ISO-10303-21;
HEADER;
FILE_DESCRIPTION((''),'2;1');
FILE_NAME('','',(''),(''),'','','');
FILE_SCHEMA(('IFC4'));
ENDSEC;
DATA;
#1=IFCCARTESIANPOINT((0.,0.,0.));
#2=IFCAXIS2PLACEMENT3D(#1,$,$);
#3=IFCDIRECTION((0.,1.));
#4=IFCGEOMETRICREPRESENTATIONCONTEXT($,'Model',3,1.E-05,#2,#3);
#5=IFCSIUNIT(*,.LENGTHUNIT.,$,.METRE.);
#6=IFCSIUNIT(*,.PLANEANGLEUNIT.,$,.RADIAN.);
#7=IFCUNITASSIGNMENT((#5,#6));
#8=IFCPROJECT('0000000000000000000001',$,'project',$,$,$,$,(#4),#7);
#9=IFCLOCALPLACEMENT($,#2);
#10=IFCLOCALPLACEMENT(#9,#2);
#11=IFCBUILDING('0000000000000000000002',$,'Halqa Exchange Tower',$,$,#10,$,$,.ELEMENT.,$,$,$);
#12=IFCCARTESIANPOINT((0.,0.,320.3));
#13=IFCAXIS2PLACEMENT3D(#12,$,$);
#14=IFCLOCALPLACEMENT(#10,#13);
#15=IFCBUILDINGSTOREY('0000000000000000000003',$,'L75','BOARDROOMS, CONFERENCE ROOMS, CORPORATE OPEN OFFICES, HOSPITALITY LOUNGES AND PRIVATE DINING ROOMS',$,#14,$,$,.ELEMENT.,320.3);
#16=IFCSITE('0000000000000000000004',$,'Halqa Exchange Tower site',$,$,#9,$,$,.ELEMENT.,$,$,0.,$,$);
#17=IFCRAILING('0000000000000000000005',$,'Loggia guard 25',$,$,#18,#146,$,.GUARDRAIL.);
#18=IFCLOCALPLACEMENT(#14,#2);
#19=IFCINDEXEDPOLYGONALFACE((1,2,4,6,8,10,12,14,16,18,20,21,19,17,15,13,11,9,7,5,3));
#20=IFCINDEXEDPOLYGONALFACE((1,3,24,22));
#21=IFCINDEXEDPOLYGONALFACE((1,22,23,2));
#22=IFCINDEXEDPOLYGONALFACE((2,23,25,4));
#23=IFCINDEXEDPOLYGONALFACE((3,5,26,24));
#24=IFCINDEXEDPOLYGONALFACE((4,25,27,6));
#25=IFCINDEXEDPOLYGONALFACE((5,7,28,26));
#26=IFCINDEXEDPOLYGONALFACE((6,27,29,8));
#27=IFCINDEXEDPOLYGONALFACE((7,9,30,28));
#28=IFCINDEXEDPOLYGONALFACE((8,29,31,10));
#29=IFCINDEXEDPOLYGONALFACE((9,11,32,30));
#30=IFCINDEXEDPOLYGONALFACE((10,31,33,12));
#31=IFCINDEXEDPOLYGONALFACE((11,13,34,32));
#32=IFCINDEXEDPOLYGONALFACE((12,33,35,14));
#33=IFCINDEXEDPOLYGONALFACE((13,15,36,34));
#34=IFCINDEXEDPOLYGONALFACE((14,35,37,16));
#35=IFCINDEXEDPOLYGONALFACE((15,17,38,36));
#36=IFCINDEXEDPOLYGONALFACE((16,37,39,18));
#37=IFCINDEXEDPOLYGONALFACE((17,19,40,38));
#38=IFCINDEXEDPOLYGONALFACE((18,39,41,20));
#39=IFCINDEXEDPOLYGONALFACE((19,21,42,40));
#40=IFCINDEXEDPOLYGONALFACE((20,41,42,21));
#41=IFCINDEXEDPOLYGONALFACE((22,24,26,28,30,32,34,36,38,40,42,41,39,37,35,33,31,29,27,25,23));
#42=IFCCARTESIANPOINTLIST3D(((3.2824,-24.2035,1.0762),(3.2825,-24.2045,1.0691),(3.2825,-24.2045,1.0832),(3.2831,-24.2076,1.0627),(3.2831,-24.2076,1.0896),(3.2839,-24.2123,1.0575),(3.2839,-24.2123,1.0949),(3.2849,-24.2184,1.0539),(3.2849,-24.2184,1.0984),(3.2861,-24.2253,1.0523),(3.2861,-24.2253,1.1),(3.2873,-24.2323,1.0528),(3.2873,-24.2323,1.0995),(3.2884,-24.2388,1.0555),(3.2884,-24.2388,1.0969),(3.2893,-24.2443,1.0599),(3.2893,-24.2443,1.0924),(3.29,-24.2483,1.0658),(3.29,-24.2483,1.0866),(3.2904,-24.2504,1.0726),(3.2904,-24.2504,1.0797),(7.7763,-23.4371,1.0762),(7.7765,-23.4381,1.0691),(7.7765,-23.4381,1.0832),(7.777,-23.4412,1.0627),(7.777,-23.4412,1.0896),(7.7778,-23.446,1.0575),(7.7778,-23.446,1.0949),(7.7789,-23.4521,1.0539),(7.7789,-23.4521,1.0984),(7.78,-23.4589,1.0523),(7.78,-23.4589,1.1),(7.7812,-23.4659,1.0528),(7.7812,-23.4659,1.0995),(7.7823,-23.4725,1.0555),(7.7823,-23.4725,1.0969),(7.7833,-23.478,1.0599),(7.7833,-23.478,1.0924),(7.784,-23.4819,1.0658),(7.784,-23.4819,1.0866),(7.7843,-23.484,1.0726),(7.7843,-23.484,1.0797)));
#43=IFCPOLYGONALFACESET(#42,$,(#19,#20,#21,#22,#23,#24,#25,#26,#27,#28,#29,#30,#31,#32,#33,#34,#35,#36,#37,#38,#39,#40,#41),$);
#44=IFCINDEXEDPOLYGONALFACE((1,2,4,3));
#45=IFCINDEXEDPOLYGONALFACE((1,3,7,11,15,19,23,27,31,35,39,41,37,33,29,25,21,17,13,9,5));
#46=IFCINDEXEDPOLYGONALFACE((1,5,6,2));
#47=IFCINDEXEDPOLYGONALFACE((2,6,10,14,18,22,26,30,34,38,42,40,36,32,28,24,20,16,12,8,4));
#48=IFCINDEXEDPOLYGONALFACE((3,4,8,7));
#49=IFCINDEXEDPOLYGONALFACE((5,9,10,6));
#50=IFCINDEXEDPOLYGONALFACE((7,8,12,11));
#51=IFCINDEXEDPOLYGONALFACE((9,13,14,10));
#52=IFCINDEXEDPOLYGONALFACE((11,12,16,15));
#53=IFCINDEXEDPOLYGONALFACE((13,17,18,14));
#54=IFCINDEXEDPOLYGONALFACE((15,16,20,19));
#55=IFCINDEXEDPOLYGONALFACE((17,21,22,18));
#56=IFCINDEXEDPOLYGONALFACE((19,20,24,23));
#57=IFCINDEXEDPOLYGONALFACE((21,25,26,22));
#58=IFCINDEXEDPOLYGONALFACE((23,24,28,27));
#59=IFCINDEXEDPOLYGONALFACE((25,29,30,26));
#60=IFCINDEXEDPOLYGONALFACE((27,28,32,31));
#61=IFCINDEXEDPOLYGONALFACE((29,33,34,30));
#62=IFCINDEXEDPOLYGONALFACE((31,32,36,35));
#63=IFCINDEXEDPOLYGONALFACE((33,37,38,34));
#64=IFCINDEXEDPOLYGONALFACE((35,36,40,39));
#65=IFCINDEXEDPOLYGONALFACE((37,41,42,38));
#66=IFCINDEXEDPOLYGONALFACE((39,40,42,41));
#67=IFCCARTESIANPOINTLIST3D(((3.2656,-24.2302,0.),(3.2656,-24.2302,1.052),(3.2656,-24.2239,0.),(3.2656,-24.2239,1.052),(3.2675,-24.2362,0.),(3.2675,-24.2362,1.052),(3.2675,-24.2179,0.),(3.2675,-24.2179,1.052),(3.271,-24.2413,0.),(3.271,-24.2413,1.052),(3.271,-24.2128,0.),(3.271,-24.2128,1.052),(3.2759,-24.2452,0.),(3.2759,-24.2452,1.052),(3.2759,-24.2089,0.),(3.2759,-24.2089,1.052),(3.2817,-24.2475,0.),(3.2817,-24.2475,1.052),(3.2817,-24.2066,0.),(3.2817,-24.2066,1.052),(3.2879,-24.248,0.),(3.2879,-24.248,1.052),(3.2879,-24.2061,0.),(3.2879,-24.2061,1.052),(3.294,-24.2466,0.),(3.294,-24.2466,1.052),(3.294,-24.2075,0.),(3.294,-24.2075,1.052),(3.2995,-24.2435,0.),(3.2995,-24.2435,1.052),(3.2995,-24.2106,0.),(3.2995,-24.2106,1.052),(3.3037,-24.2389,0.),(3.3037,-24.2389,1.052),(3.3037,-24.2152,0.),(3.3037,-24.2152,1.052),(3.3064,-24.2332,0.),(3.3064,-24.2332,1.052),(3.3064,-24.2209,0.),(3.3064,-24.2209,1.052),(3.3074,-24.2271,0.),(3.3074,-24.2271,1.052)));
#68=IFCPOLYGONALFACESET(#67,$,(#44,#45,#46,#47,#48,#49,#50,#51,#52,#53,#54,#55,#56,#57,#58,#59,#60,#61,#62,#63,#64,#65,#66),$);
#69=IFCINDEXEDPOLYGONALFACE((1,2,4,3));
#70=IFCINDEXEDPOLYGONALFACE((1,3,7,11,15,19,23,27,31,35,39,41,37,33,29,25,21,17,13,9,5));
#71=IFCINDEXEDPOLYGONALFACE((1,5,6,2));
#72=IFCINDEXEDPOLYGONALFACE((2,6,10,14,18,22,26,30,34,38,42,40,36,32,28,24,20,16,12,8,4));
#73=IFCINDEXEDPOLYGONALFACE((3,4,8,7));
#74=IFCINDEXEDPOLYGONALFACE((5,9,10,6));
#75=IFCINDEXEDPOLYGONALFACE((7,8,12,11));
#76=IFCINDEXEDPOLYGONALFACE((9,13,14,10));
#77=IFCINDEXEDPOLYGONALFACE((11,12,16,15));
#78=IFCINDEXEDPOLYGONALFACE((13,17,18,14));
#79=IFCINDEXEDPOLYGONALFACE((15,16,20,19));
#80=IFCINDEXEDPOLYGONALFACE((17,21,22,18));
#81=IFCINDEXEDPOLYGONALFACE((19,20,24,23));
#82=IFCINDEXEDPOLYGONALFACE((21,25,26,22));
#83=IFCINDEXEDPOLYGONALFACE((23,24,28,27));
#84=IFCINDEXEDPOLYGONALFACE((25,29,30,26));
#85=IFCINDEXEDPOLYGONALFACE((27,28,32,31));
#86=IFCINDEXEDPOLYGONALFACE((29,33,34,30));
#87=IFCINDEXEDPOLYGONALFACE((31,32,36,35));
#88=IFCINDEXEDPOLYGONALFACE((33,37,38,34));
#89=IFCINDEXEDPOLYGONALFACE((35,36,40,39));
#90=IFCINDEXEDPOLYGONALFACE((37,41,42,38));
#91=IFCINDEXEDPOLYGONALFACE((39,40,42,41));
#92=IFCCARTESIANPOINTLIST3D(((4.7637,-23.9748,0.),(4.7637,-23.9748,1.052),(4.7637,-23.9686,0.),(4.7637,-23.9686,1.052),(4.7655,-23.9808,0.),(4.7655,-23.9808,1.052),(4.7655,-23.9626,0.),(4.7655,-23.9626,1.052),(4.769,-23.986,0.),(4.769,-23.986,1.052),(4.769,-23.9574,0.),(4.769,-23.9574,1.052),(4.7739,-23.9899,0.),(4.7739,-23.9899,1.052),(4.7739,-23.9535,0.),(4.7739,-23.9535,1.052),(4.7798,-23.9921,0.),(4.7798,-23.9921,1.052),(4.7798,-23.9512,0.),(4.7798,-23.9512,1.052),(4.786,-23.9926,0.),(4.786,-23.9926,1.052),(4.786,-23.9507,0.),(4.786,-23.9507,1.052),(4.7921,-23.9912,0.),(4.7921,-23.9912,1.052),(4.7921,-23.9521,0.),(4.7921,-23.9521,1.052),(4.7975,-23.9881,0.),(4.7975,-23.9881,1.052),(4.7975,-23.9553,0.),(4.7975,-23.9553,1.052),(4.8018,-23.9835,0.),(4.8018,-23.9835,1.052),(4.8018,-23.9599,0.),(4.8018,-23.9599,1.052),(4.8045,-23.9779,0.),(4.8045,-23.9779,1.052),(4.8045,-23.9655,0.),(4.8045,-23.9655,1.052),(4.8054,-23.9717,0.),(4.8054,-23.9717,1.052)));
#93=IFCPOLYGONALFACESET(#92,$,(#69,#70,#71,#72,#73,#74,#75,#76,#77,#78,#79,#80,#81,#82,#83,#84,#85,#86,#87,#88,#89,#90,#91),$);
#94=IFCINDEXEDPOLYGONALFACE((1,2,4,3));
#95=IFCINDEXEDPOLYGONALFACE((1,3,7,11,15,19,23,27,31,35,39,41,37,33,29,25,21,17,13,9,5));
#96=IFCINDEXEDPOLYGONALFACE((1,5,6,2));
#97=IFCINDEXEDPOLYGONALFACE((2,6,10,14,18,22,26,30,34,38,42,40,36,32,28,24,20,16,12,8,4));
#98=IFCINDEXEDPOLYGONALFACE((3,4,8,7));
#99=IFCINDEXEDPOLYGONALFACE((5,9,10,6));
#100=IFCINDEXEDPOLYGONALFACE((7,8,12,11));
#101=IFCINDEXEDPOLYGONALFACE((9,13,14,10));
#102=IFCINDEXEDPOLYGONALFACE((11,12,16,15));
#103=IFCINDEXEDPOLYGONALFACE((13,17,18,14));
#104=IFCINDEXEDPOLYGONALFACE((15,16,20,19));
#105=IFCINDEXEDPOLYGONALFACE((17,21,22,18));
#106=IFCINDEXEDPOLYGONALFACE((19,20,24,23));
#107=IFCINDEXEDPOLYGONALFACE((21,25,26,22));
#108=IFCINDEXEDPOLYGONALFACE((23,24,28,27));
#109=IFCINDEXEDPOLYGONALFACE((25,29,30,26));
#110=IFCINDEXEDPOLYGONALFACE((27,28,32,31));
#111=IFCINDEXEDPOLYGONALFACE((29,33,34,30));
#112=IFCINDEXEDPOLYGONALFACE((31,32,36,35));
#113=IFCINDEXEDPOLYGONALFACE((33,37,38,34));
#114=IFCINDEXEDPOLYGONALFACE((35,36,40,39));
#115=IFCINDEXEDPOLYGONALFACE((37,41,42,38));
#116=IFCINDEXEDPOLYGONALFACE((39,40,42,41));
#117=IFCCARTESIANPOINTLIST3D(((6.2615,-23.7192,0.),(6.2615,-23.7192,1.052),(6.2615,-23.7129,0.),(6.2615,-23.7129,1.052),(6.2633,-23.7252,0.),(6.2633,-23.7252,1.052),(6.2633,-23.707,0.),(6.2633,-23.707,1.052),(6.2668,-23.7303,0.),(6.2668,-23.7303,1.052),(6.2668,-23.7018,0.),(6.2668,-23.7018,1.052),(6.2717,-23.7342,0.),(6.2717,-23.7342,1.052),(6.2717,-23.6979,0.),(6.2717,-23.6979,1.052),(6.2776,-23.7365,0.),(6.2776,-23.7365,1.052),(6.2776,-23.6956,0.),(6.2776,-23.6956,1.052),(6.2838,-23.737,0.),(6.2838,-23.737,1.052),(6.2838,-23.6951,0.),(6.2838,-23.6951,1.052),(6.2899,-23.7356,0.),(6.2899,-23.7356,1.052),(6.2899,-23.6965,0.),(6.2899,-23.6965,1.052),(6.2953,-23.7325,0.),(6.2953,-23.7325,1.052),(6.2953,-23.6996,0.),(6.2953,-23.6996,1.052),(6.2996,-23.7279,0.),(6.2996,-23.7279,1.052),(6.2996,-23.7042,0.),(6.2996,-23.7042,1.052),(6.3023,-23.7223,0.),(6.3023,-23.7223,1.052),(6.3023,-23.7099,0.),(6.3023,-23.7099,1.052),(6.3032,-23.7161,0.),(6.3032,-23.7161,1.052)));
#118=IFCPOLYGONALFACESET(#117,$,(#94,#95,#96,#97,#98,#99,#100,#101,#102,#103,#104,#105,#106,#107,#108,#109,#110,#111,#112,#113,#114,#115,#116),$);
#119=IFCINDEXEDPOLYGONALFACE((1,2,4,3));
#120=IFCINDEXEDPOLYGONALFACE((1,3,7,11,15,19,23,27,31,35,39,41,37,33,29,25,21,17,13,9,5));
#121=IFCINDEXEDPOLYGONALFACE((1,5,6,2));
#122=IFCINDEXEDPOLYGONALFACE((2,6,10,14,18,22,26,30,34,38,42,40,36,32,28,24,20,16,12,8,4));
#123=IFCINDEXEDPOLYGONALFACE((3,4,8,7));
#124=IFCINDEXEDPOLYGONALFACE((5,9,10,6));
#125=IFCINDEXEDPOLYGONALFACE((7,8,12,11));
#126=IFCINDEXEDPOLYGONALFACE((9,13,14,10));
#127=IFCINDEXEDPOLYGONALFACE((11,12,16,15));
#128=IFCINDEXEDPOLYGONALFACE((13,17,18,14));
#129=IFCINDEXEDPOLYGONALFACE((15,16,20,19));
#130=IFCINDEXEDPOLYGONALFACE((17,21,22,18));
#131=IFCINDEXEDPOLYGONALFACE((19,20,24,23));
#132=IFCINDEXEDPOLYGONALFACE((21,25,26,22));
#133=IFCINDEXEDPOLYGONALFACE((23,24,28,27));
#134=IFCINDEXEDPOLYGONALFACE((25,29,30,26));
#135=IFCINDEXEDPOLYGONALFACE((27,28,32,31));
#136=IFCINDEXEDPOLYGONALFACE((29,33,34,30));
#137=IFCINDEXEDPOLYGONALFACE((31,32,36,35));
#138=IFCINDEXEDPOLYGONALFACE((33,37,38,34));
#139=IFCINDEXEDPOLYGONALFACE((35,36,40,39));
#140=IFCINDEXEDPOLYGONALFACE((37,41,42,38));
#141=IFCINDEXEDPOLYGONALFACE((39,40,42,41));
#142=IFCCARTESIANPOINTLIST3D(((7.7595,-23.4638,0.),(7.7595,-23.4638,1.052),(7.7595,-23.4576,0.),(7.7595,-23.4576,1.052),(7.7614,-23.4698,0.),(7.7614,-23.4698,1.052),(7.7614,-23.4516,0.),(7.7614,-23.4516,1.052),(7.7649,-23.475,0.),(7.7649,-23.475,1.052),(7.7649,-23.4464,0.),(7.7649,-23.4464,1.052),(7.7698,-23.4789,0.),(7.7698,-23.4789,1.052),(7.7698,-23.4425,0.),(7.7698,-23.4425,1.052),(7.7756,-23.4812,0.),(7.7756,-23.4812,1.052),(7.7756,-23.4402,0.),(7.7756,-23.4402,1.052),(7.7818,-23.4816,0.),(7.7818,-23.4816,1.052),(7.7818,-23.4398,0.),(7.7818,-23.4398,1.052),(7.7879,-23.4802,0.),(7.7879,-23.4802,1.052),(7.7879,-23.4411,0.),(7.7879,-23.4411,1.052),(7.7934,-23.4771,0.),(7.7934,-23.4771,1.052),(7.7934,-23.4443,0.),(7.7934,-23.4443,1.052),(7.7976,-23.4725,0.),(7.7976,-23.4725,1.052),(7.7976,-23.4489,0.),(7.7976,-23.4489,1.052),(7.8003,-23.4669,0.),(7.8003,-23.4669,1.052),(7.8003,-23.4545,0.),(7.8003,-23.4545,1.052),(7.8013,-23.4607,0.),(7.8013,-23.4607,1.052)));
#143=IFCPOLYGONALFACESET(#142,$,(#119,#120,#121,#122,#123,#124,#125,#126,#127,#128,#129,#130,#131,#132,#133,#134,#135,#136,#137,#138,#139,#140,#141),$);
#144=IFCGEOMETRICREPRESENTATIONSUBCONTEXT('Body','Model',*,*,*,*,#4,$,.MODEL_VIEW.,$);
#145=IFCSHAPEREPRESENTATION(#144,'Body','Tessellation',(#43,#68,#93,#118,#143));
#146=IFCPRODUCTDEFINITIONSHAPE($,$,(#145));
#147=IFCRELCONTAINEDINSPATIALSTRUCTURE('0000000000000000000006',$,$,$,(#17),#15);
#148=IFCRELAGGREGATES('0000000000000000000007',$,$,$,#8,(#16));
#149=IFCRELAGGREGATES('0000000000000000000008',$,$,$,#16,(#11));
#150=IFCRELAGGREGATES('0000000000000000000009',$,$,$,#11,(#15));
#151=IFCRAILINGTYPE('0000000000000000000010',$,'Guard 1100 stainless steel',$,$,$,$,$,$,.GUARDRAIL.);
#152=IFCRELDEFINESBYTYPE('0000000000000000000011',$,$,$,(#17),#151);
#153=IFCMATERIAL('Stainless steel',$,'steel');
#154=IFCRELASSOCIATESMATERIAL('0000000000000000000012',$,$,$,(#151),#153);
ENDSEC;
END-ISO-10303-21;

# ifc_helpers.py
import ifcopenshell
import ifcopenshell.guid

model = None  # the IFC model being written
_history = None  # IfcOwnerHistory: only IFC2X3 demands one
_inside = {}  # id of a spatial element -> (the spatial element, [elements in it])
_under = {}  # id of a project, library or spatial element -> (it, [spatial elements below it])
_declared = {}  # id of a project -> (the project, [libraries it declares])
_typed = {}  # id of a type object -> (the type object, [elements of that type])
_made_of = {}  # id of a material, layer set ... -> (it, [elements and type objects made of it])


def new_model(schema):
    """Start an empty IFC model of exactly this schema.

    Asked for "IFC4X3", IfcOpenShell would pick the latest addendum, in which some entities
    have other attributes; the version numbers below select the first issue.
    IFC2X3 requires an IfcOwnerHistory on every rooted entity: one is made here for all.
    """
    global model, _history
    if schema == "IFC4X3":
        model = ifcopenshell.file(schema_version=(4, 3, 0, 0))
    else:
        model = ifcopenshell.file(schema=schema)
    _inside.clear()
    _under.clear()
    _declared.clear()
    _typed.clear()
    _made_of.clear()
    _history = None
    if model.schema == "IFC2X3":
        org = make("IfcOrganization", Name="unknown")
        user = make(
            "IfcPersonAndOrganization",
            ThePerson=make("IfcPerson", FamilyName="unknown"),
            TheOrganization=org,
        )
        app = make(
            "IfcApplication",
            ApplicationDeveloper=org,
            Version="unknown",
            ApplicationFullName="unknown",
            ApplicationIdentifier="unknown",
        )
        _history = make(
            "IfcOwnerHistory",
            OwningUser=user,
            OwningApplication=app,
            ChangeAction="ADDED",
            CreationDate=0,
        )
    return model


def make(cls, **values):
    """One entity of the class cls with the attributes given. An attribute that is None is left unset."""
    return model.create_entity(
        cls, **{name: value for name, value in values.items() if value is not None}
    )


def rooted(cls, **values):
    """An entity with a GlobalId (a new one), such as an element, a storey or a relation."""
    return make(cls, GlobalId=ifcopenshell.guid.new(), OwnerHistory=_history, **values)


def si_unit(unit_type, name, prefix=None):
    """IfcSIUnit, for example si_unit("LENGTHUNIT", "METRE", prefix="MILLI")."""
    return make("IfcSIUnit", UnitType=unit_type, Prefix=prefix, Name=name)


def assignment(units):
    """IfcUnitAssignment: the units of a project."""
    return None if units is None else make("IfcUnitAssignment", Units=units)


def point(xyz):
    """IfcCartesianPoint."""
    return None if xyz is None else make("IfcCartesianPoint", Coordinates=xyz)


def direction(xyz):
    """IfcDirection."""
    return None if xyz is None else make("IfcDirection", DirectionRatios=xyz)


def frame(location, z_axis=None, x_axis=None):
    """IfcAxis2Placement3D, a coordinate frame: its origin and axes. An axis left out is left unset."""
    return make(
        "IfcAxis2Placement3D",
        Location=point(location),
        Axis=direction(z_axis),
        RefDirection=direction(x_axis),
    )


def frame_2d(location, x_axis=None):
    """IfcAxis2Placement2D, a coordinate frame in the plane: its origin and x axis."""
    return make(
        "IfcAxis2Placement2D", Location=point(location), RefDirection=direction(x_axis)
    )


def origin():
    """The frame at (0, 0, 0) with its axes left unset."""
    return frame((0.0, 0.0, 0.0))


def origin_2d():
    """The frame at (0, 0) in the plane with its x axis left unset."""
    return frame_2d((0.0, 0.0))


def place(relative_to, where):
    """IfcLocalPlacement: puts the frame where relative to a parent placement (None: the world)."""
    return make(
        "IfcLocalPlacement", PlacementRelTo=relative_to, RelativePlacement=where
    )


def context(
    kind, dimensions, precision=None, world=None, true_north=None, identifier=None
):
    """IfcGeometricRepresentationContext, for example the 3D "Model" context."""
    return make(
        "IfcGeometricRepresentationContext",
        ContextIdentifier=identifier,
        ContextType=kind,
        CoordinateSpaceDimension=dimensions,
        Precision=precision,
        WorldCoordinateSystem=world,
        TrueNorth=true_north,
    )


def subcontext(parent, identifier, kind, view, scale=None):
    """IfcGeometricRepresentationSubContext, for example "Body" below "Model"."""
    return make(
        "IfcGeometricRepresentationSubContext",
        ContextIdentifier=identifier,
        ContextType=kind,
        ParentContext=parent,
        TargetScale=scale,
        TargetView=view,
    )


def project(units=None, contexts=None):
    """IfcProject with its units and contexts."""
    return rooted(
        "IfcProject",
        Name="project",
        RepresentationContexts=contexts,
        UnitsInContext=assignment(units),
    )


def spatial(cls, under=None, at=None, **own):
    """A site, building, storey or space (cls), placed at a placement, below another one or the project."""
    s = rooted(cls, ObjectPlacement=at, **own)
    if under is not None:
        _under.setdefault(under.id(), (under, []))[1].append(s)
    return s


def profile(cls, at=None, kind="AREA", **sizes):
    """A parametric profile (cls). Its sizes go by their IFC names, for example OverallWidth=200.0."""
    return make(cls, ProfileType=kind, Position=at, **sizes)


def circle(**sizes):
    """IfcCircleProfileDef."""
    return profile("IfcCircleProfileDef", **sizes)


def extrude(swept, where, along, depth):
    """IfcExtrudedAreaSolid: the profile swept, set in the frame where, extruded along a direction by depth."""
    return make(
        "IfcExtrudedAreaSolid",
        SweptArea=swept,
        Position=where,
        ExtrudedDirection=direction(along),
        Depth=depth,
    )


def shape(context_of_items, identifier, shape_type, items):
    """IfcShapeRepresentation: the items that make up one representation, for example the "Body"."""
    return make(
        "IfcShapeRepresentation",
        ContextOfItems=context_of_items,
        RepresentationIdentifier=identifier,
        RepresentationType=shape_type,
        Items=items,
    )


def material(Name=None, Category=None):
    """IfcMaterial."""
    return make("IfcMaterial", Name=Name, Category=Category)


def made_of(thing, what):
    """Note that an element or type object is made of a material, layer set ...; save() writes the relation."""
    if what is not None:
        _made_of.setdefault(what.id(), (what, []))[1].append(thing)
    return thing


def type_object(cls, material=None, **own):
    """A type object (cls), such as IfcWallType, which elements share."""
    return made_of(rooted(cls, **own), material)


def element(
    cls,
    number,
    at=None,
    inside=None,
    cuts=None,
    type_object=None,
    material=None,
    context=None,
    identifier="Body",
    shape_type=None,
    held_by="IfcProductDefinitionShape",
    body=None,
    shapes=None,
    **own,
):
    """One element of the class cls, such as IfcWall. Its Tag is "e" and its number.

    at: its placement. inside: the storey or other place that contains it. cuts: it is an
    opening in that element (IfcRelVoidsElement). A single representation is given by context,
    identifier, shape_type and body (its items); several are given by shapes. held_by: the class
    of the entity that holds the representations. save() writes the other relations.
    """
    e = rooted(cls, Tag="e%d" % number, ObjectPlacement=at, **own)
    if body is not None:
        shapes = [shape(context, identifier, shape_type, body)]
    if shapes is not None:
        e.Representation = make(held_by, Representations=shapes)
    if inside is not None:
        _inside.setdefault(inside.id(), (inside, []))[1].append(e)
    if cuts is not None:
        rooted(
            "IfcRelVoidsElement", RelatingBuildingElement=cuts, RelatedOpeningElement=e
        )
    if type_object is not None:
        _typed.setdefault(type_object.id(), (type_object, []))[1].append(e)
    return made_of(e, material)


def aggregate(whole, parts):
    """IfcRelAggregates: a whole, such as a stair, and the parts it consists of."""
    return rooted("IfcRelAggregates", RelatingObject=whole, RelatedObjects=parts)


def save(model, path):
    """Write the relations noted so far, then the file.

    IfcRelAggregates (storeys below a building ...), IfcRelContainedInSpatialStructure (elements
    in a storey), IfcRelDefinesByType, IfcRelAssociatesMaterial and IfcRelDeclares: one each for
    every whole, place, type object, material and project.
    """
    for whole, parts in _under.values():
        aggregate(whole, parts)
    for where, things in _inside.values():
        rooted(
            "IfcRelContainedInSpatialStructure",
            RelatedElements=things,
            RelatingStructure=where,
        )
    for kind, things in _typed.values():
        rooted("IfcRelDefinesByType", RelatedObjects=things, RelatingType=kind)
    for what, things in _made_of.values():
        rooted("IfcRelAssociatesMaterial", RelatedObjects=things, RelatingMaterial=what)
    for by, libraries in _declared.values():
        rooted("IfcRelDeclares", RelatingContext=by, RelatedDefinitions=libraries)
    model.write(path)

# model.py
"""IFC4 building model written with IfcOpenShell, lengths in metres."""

from ifc_helpers import new_model, si_unit, direction, frame, origin, origin_2d, place, context, subcontext, project, spatial, circle, extrude, material, type_object, element, save


model = new_model("IFC4")

# Units and contexts
model_context = context("Model", 3, precision=1e-05, world=origin(), true_north=direction((0.0, 1.0)))
body_context = subcontext(model_context, "Body", "Model", "MODEL_VIEW")
ifc_project = project(units=[si_unit("LENGTHUNIT", "METRE"), si_unit("PLANEANGLEUNIT", "RADIAN")], contexts=[model_context])

# Site, building, storey
site_placement = place(None, origin())
site = spatial("IfcSite", under=ifc_project, at=site_placement, Name="Halqa Exchange Tower site", CompositionType="ELEMENT", RefElevation=0.0)
building_placement = place(site_placement, origin())
building = spatial("IfcBuilding", under=site, at=building_placement, Name="Halqa Exchange Tower", CompositionType="ELEMENT")
storey_placement = place(building_placement, frame((0.0, 0.0, 320.3)))
storey = spatial("IfcBuildingStorey", under=building, at=storey_placement, Name="L75", Description="BOARDROOMS, CONFERENCE ROOMS, CORPORATE OPEN OFFICES, HOSPITALITY LOUNGES AND PRIVATE DINING ROOMS", CompositionType="ELEMENT", Elevation=320.3)

# Railing
ifc_material_1 = material(Name="Stainless steel", Category="steel")
railing_type = type_object("IfcRailingType", Name="Guard 1100 stainless steel", PredefinedType="GUARDRAIL", material=ifc_material_1)
railing_1_placement = place(storey_placement, frame((3.2864, -24.2271, 0.0)))
element("IfcRailing", 1, at=railing_1_placement, inside=storey, type_object=railing_type, Name="Loggia guard 25", PredefinedType="GUARDRAIL", context=body_context, shape_type="SweptSolid", body=[
    extrude(circle(Radius=0.0239, at=origin_2d()), frame((0.0, 0.0, 1.0762), z_axis=(0.985769, 0.168106, 0.0), x_axis=(-0.168106, 0.985769, 0.0)), (0.0, 0.0, 1.0), 4.5588),
    extrude(circle(Radius=0.021, at=origin_2d()), origin(), (0.0, 0.0, 1.0), 1.052),
    extrude(circle(Radius=0.021, at=origin_2d()), frame((1.498, 0.2554, 0.0)), (0.0, 0.0, 1.0), 1.052),
    extrude(circle(Radius=0.021, at=origin_2d()), frame((2.9958, 0.511, 0.0)), (0.0, 0.0, 1.0), 1.052),
    extrude(circle(Radius=0.021, at=origin_2d()), frame((4.4939, 0.7664, 0.0)), (0.0, 0.0, 1.0), 1.052),
])

save(model, "model.ifc")
